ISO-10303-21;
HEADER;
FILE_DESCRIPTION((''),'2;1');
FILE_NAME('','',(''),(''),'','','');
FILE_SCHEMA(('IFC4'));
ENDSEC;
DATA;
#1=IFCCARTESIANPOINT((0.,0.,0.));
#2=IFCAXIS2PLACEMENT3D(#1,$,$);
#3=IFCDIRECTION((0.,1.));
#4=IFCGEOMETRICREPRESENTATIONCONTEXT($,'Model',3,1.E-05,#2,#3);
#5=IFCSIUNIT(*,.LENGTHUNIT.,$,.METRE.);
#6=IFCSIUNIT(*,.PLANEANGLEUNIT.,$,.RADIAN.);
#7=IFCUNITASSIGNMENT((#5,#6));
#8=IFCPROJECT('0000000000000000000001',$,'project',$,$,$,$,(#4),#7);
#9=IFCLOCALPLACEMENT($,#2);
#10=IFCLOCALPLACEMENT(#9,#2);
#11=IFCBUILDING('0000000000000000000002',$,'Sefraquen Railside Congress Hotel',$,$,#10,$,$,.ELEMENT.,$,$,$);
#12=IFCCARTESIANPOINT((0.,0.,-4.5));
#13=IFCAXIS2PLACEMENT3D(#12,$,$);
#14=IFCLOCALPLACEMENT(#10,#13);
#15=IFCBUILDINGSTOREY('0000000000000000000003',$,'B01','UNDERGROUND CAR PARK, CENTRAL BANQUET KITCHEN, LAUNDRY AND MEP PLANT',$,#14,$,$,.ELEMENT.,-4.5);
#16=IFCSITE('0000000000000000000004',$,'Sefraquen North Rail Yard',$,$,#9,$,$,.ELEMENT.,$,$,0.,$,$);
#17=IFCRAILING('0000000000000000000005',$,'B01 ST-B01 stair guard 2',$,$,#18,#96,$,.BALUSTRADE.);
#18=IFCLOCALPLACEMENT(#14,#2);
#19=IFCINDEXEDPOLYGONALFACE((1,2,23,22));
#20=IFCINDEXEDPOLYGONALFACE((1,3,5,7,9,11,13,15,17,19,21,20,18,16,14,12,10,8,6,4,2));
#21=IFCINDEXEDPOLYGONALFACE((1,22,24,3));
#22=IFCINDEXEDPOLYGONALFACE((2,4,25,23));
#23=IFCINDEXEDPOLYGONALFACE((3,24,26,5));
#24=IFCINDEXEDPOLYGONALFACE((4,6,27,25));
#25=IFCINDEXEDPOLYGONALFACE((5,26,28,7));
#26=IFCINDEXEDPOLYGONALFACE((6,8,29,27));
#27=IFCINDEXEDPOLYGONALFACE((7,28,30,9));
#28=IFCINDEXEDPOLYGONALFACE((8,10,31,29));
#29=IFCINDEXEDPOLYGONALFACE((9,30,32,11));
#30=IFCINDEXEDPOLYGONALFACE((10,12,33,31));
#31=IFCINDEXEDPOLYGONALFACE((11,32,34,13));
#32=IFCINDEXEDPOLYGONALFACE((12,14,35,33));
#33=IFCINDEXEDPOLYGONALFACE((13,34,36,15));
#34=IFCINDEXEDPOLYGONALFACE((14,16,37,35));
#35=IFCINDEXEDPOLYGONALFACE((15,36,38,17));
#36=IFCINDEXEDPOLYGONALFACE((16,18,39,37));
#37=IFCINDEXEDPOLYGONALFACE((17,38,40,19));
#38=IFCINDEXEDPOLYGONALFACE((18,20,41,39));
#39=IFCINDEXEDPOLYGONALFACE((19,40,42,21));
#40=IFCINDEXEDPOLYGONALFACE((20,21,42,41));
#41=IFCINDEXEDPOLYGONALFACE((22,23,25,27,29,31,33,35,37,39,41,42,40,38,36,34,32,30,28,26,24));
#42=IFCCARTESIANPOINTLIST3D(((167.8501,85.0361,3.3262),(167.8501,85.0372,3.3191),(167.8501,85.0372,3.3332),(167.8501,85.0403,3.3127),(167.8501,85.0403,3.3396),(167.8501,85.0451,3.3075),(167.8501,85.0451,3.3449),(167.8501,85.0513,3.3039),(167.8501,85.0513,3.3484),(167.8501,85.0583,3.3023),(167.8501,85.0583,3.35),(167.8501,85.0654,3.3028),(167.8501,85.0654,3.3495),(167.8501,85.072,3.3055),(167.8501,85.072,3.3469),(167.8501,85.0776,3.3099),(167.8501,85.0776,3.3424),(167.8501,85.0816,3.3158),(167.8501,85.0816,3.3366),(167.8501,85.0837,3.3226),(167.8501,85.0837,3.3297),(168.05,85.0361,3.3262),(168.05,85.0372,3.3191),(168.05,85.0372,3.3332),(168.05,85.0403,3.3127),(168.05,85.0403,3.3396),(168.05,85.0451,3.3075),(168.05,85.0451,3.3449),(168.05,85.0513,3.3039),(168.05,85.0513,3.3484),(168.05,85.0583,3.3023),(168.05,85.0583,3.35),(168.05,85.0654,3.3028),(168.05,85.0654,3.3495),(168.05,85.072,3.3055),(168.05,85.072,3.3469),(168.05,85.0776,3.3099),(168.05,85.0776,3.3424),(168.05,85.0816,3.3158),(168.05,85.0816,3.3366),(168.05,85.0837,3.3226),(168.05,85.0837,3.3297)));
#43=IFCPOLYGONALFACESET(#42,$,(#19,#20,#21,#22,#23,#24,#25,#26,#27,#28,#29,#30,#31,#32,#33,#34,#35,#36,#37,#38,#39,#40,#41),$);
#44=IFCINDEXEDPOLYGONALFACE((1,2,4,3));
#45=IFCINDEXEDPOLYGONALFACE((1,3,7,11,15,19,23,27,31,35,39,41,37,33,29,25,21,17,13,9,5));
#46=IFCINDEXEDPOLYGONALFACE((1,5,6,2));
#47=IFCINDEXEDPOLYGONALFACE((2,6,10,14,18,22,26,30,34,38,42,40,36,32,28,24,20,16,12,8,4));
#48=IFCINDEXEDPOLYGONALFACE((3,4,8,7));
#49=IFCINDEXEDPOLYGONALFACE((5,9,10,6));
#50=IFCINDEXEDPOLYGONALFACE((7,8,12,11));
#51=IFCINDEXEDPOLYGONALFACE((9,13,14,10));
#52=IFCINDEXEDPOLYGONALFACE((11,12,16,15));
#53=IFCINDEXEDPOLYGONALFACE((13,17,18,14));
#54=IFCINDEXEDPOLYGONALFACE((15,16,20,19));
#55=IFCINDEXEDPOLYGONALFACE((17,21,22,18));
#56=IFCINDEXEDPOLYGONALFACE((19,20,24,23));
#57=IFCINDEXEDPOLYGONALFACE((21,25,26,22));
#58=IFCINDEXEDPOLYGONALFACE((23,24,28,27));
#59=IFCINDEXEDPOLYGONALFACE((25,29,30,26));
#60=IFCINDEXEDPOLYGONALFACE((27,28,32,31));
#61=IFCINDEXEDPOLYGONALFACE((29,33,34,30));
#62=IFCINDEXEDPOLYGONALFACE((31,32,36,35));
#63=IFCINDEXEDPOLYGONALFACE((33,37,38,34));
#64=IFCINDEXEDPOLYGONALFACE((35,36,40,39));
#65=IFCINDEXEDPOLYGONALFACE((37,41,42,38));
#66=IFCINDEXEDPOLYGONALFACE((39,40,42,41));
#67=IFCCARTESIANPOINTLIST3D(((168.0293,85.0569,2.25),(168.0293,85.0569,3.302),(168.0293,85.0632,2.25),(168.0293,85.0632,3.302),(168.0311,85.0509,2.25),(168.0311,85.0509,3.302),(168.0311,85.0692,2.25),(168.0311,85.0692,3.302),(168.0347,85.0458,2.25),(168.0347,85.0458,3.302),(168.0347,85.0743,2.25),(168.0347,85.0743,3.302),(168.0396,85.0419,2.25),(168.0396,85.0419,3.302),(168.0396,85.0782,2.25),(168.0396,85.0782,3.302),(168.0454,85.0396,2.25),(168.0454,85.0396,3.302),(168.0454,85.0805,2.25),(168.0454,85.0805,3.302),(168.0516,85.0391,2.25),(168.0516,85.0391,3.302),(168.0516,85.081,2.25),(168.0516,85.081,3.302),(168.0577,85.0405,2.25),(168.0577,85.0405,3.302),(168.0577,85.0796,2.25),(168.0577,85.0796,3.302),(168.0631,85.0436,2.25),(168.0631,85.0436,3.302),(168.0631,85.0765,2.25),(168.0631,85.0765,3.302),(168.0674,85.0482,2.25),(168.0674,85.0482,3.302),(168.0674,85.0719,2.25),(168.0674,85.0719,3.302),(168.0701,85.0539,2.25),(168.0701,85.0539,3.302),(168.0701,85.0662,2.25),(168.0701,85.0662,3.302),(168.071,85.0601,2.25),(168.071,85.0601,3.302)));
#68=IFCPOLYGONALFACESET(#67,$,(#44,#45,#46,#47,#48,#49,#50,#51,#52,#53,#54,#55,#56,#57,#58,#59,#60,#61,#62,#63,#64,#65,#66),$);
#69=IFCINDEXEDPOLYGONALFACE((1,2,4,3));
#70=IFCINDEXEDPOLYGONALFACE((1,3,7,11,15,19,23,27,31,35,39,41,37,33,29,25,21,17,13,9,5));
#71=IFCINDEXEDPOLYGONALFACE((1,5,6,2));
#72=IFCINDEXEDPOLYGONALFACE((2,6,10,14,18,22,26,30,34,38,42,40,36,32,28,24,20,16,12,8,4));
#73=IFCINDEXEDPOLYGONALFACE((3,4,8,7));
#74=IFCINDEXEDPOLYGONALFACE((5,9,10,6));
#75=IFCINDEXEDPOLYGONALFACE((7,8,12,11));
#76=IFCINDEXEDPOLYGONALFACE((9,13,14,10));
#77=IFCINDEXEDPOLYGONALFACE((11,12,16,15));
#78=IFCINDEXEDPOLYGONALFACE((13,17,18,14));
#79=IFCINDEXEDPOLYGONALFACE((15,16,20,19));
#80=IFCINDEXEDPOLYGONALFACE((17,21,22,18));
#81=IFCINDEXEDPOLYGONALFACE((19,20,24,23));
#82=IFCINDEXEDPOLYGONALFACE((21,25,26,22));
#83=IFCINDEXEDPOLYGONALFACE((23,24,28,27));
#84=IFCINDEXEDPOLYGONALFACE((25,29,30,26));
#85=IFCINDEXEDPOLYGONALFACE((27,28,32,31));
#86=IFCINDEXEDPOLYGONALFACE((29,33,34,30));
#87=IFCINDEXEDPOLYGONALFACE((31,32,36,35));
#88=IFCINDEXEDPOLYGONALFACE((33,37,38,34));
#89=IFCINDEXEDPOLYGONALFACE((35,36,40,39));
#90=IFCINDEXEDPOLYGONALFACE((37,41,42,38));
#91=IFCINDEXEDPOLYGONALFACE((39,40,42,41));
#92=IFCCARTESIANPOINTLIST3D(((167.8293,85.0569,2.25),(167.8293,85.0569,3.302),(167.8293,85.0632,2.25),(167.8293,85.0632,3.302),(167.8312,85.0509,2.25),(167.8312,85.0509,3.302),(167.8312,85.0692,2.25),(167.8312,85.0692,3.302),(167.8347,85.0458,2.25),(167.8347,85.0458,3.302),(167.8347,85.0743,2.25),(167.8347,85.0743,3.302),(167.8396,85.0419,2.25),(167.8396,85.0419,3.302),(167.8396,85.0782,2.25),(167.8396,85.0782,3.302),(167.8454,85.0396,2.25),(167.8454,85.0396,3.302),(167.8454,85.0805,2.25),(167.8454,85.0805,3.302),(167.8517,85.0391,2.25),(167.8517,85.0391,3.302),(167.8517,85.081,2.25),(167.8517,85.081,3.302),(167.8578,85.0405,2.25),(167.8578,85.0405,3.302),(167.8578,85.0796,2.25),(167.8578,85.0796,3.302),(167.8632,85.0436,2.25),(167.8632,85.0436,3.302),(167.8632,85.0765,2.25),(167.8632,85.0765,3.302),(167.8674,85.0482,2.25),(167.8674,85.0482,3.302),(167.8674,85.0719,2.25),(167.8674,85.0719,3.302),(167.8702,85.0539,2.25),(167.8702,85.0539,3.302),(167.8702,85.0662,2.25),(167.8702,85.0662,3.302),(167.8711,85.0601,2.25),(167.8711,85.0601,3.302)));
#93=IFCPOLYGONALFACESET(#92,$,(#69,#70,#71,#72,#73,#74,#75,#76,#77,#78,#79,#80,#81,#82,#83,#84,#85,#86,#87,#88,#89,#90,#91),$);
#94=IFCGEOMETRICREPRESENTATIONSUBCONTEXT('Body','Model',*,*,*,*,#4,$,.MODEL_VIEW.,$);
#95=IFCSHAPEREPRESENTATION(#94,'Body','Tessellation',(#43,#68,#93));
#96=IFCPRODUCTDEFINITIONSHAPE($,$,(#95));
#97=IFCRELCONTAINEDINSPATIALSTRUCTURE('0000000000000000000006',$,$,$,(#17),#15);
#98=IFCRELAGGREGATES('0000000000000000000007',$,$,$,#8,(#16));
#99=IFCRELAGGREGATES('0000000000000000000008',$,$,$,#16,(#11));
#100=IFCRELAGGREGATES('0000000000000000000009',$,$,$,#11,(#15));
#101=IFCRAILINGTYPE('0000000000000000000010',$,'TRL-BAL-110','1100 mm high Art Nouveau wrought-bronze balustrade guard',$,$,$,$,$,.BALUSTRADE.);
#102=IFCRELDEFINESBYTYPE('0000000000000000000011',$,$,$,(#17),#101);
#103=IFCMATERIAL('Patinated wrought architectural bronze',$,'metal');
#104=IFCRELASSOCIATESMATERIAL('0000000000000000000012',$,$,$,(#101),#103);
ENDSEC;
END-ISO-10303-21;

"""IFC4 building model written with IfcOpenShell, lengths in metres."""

from ifc_helpers import new_model, si_unit, direction, frame, origin, origin_2d, place, context, subcontext, project, spatial, circle, extrude, material, type_object, element, save


model = new_model("IFC4")

# Units and contexts
model_context = context("Model", 3, precision=1e-05, world=origin(), true_north=direction((0.0, 1.0)))
body_context = subcontext(model_context, "Body", "Model", "MODEL_VIEW")
ifc_project = project(units=[si_unit("LENGTHUNIT", "METRE"), si_unit("PLANEANGLEUNIT", "RADIAN")], contexts=[model_context])

# Site, building, storey
site_placement = place(None, origin())
site = spatial("IfcSite", under=ifc_project, at=site_placement, Name="Sefraquen North Rail Yard", CompositionType="ELEMENT", RefElevation=0.0)
building_placement = place(site_placement, origin())
building = spatial("IfcBuilding", under=site, at=building_placement, Name="Sefraquen Railside Congress Hotel", CompositionType="ELEMENT")
storey_placement = place(building_placement, frame((0.0, 0.0, -4.5)))
storey = spatial("IfcBuildingStorey", under=building, at=storey_placement, Name="B01", Description="UNDERGROUND CAR PARK, CENTRAL BANQUET KITCHEN, LAUNDRY AND MEP PLANT", CompositionType="ELEMENT", Elevation=-4.5)

# Railing
ifc_material_1 = material(Name="Patinated wrought architectural bronze", Category="metal")
railing_type_1 = type_object("IfcRailingType", Name="TRL-BAL-110", Description="1100 mm high Art Nouveau wrought-bronze balustrade guard", PredefinedType="BALUSTRADE", material=ifc_material_1)
railing_1_placement = place(storey_placement, frame((168.05, 85.0601, 2.25)))
element("IfcRailing", 1, at=railing_1_placement, inside=storey, type_object=railing_type_1, Name="B01 ST-B01 stair guard 2", PredefinedType="BALUSTRADE", context=body_context, shape_type="SweptSolid", body=[
    extrude(circle(Radius=0.0239, at=origin_2d()), frame((0.0, 0.0, 1.0762), z_axis=(-1.0, 0.0, 0.0), x_axis=(0.0, -1.0, 0.0)), (0.0, 0.0, 1.0), 0.2),
    extrude(circle(Radius=0.021, at=origin_2d()), origin(), (0.0, 0.0, 1.0), 1.052),
    extrude(circle(Radius=0.021, at=origin_2d()), frame((-0.2, 0.0, 0.0)), (0.0, 0.0, 1.0), 1.052),
])

save(model, "model.ifc")
